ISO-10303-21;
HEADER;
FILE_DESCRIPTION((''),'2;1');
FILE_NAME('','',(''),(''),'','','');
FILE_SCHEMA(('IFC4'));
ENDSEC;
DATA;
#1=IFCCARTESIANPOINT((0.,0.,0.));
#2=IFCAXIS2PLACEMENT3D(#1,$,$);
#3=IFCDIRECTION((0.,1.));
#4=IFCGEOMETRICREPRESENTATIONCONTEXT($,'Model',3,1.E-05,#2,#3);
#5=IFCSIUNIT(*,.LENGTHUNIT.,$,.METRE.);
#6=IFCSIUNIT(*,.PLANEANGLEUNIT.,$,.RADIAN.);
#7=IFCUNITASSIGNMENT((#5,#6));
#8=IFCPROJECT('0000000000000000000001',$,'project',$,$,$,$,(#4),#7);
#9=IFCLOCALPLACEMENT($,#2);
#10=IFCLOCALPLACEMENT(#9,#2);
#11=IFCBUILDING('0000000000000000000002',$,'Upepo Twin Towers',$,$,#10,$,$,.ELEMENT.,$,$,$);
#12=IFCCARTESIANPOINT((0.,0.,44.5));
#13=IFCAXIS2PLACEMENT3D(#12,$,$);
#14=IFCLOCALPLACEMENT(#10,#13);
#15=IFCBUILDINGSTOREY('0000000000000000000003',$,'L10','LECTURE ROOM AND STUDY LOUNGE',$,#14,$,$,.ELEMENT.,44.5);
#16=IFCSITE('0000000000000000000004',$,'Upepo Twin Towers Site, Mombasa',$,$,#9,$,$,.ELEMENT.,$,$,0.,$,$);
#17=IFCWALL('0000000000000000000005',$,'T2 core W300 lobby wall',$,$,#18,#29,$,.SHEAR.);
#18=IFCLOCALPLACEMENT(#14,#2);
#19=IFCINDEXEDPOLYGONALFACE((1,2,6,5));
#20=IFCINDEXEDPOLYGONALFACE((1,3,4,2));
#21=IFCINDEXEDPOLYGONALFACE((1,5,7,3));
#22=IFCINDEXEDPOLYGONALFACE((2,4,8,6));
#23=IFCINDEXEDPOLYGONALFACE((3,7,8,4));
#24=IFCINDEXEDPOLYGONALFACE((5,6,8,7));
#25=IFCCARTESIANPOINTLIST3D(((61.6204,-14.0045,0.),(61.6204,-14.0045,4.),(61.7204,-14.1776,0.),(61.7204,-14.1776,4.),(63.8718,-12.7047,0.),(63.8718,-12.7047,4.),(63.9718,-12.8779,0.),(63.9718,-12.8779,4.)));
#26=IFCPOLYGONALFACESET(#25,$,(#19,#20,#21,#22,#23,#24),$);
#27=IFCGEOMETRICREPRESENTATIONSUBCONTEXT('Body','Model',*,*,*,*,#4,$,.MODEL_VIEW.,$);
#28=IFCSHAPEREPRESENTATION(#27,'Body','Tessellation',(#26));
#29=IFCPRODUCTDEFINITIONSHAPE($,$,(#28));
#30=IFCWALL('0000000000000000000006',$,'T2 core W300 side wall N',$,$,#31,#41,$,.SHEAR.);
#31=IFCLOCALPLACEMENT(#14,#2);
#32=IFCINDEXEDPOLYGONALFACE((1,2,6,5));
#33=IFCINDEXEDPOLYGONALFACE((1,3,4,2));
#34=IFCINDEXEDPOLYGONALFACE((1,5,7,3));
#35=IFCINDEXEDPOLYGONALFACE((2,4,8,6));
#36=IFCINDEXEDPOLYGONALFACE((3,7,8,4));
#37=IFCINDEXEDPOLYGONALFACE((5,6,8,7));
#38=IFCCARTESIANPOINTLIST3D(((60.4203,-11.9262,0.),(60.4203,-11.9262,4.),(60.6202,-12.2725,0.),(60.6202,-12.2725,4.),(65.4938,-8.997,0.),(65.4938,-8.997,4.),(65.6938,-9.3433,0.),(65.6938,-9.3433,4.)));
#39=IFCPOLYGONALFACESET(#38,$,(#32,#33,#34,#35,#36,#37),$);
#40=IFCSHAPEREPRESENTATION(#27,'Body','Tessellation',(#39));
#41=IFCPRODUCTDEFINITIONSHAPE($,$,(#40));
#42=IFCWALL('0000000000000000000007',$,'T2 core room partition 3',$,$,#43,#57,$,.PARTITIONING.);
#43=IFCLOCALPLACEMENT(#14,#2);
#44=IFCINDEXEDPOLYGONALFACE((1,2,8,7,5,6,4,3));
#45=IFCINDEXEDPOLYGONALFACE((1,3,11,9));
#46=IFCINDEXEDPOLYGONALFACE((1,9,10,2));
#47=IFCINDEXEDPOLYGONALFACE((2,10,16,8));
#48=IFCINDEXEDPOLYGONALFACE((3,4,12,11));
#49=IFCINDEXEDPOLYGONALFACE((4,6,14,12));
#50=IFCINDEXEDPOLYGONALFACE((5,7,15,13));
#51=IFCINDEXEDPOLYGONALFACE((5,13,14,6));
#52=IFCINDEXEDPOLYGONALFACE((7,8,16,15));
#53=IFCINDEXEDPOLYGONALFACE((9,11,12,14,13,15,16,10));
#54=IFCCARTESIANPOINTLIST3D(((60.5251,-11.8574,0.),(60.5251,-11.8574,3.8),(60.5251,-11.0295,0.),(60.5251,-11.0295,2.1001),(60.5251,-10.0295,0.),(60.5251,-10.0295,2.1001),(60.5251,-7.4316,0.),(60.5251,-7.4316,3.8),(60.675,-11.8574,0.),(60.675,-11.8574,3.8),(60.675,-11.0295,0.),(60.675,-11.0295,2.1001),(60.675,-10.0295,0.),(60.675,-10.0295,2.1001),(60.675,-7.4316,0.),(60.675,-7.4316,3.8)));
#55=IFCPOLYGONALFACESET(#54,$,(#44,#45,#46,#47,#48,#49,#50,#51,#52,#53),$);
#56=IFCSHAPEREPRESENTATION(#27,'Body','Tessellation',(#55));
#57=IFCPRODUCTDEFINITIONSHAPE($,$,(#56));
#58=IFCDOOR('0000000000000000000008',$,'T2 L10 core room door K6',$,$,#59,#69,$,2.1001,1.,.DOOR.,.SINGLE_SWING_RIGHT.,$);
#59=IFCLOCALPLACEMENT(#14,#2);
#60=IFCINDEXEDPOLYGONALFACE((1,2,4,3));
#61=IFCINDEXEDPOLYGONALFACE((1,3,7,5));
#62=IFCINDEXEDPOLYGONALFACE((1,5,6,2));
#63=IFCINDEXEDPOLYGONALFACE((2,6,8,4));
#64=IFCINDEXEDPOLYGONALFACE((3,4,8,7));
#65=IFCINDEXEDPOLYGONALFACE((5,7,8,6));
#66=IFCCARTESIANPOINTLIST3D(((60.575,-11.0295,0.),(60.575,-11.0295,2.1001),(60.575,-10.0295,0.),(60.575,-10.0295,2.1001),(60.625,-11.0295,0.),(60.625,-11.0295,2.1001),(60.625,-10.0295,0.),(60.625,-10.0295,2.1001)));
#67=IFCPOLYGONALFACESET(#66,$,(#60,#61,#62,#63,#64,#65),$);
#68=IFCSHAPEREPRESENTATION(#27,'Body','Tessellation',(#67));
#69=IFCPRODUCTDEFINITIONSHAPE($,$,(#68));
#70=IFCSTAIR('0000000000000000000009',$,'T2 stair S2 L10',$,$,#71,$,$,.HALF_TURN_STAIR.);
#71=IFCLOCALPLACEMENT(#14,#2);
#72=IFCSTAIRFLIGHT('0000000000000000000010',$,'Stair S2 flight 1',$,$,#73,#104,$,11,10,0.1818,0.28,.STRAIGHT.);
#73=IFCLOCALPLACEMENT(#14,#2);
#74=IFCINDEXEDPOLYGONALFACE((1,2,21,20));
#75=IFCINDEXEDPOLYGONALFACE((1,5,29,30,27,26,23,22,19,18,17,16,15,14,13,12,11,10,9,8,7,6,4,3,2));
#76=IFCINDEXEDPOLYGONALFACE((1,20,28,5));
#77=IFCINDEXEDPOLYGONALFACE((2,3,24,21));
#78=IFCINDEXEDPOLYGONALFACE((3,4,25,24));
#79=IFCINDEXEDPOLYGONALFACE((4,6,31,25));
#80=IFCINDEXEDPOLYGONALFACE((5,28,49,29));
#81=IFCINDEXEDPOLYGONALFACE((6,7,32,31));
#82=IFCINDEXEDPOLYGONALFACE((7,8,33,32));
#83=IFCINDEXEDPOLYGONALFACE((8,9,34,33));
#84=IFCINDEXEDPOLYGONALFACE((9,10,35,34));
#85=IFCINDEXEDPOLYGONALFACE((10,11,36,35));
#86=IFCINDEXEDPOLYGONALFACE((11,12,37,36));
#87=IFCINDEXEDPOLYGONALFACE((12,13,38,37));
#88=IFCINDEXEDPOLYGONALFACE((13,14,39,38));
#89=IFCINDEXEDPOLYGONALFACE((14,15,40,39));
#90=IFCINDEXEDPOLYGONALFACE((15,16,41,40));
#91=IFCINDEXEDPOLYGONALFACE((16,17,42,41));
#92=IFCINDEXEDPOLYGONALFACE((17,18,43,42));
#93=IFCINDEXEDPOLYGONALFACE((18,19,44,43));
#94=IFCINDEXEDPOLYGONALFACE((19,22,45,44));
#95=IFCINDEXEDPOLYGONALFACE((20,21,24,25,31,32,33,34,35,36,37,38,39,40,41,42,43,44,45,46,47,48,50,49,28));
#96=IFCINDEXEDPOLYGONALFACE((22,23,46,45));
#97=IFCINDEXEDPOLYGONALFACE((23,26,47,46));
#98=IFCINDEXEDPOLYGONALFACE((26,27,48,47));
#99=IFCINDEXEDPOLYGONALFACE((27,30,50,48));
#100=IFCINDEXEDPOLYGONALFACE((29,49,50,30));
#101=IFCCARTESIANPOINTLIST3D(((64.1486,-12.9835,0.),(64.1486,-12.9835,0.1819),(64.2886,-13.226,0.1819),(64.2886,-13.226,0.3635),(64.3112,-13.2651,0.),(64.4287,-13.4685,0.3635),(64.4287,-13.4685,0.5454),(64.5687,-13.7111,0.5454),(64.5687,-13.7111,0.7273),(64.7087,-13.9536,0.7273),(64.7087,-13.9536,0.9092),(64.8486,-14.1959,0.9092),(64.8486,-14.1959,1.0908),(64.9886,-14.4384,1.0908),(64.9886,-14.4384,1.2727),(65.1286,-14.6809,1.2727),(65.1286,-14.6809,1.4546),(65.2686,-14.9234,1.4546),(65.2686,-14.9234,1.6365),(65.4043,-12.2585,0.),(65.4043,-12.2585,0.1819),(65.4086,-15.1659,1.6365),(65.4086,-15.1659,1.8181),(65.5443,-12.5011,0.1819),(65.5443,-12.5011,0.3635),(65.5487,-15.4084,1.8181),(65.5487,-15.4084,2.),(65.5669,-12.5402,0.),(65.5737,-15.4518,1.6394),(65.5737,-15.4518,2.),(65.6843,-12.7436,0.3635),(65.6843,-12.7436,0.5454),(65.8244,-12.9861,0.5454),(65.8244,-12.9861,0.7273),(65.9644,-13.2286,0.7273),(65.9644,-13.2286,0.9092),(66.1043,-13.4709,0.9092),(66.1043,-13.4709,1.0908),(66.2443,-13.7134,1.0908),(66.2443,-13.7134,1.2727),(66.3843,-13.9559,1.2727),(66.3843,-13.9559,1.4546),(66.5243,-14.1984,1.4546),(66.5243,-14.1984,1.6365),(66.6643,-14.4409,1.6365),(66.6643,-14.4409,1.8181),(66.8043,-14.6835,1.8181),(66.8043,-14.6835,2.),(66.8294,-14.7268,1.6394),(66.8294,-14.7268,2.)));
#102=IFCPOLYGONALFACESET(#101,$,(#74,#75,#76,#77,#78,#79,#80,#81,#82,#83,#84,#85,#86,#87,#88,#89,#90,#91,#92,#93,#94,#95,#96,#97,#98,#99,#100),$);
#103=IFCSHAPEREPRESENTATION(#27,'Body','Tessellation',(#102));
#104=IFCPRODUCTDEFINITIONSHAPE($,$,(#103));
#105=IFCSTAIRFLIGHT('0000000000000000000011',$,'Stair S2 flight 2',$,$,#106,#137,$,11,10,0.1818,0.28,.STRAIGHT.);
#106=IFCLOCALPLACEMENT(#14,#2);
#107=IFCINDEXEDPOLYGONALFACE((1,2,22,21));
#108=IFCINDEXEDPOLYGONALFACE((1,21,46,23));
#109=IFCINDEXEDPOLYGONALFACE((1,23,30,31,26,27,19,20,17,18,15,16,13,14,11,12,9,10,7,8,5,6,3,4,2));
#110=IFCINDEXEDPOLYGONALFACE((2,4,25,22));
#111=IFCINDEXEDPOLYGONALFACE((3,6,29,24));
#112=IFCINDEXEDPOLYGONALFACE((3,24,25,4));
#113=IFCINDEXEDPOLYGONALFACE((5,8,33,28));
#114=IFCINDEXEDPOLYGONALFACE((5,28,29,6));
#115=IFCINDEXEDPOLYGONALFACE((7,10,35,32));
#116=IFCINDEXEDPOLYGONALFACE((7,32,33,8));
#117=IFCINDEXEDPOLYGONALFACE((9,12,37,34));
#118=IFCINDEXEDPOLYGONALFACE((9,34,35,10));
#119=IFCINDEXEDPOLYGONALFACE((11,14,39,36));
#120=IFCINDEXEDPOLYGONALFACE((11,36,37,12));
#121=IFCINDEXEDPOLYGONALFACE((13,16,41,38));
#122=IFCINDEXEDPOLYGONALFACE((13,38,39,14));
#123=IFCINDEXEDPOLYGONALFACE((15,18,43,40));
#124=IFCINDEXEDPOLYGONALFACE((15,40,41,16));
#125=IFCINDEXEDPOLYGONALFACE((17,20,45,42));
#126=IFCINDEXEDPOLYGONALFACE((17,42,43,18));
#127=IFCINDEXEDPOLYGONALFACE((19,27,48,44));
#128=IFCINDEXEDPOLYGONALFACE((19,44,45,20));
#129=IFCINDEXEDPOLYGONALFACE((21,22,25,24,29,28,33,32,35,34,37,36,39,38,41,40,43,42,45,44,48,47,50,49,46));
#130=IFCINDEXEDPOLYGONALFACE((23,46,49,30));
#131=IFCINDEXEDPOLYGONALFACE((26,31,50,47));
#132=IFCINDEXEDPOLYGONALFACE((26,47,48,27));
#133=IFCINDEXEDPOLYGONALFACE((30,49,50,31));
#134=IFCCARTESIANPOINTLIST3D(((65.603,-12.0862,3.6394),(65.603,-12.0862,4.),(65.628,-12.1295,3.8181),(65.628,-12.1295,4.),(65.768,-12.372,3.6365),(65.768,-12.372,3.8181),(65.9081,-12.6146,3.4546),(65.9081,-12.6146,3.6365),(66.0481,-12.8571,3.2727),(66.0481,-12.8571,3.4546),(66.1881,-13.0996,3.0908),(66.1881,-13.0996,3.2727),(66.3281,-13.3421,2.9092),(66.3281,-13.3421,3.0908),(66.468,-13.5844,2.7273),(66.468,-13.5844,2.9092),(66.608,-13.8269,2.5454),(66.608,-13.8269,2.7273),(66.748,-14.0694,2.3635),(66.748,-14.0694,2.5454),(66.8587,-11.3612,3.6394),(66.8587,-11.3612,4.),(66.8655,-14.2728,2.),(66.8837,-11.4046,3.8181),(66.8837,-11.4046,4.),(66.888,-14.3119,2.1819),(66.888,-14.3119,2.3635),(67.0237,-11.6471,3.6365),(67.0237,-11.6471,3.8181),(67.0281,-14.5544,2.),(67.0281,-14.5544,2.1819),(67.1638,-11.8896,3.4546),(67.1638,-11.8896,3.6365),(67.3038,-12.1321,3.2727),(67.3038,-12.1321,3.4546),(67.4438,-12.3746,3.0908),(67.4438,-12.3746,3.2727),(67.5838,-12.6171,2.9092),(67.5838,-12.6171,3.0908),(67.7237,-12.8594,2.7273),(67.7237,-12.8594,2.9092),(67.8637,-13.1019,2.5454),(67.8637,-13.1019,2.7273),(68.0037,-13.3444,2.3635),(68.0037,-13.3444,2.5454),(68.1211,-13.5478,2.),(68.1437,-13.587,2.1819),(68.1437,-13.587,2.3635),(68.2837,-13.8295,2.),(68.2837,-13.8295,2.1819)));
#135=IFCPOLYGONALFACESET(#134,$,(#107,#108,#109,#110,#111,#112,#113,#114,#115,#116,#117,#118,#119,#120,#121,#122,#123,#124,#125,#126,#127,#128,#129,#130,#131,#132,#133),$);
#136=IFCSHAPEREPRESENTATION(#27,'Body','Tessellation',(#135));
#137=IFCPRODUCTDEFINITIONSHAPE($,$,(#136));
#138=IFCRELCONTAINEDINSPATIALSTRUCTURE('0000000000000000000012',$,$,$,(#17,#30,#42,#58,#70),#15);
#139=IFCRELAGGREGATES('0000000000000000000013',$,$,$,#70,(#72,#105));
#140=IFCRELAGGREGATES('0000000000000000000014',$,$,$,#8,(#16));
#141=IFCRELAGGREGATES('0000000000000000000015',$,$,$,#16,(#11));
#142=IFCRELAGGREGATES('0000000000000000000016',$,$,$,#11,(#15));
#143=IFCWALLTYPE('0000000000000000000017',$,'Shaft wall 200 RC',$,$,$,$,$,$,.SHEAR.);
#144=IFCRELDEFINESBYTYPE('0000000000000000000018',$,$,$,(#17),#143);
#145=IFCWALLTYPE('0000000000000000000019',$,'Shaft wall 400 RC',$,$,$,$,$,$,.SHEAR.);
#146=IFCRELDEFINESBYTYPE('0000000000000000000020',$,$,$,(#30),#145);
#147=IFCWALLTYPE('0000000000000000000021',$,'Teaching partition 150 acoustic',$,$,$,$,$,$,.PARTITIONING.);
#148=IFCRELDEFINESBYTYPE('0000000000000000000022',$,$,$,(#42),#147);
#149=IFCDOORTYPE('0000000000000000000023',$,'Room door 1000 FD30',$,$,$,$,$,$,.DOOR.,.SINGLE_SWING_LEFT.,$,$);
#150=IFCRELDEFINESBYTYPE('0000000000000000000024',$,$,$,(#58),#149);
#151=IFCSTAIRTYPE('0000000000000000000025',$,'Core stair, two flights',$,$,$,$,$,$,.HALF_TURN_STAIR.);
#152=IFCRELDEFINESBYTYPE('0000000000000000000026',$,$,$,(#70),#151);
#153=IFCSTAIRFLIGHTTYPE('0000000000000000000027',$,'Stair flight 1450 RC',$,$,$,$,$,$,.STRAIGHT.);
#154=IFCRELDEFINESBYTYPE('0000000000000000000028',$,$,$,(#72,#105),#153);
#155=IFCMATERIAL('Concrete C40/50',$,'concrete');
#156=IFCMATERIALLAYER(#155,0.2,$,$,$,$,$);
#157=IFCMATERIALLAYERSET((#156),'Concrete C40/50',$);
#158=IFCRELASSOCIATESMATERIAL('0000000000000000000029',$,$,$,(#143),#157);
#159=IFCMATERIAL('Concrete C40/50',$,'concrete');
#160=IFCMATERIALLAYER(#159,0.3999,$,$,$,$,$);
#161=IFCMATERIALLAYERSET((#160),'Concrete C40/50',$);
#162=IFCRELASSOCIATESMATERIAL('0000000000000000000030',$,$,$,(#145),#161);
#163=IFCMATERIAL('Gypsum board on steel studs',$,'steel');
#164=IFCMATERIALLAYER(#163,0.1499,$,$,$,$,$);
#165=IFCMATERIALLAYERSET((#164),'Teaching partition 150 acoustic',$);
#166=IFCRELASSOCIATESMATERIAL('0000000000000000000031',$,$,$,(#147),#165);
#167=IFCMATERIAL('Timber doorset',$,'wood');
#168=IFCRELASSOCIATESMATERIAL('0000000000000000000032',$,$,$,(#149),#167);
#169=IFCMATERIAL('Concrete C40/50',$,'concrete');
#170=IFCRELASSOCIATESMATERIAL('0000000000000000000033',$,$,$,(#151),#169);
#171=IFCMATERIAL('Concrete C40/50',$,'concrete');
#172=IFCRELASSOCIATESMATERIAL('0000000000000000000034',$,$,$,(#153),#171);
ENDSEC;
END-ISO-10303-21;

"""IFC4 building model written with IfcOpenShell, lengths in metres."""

from ifc_helpers import new_model, si_unit, direction, frame, frame_2d, origin, place, context, subcontext, project, spatial, polyline, rectangle, outline, extrude, material, layer, layer_set, type_object, element, fill, aggregate, save


model = new_model("IFC4")

# Units and contexts
model_context = context("Model", 3, precision=1e-05, world=origin(), true_north=direction((0.0, 1.0)))
body_context = subcontext(model_context, "Body", "Model", "MODEL_VIEW")
ifc_project = project(units=[si_unit("LENGTHUNIT", "METRE"), si_unit("PLANEANGLEUNIT", "RADIAN")], contexts=[model_context])

# Site, building, storey
site_placement = place(None, origin())
site = spatial("IfcSite", under=ifc_project, at=site_placement, Name="Upepo Twin Towers Site, Mombasa", CompositionType="ELEMENT", RefElevation=0.0)
building_placement = place(site_placement, origin())
building = spatial("IfcBuilding", under=site, at=building_placement, Name="Upepo Twin Towers", CompositionType="ELEMENT")
storey_placement = place(building_placement, frame((0.0, 0.0, 44.5)))
storey = spatial("IfcBuildingStorey", under=building, at=storey_placement, Name="L10", Description="LECTURE ROOM AND STUDY LOUNGE", CompositionType="ELEMENT", Elevation=44.5)

# Walls
ifc_material_1 = material(Name="Concrete C40/50", Category="concrete")
ifc_layer_1 = layer(ifc_material_1, 0.2)
ifc_layer_set_1 = layer_set([ifc_layer_1], Name="Concrete C40/50")
wall_type_1 = type_object("IfcWallType", Name="Shaft wall 200 RC", PredefinedType="SHEAR", material=ifc_layer_set_1)
wall_1_placement = place(storey_placement, frame((61.6704, -14.0911, 0.0), z_axis=(0.0, 0.0, 1.0), x_axis=(0.866039, 0.499977, 0.0)))
element("IfcWall", 1, at=wall_1_placement, inside=storey, type_object=wall_type_1, Name="T2 core W300 lobby wall", PredefinedType="SHEAR", context=body_context, shape_type="SweptSolid", body=[
    extrude(rectangle(XDim=2.5996, YDim=0.2, at=frame_2d((1.2998, 0.0))), origin(), (0.0, 0.0, 1.0), 4.0),
])
ifc_material_2 = material(Name="Concrete C40/50", Category="concrete")
ifc_layer_2 = layer(ifc_material_2, 0.3999)
ifc_layer_set_2 = layer_set([ifc_layer_2], Name="Concrete C40/50")
wall_type_2 = type_object("IfcWallType", Name="Shaft wall 400 RC", PredefinedType="SHEAR", material=ifc_layer_set_2)
wall_2_placement = place(storey_placement, frame((60.5203, -12.0994, 0.0), z_axis=(0.0, 0.0, 1.0), x_axis=(0.866024, 0.500003, 0.0)))
element("IfcWall", 2, at=wall_2_placement, inside=storey, type_object=wall_type_2, Name="T2 core W300 side wall N", PredefinedType="SHEAR", context=body_context, shape_type="SweptSolid", body=[
    extrude(rectangle(XDim=5.8584, YDim=0.3999, at=frame_2d((2.9292, 0.0))), origin(), (0.0, 0.0, 1.0), 4.0),
])

# Wall, opening, door
ifc_material_3 = material(Name="Gypsum board on steel studs", Category="steel")
ifc_layer_3 = layer(ifc_material_3, 0.1499)
ifc_layer_set_3 = layer_set([ifc_layer_3], Name="Teaching partition 150 acoustic")
wall_type_3 = type_object("IfcWallType", Name="Teaching partition 150 acoustic", PredefinedType="PARTITIONING", material=ifc_layer_set_3)
wall_3_placement = place(storey_placement, frame((60.6001, -7.4316, 0.0), z_axis=(0.0, 0.0, 1.0), x_axis=(0.0, -1.0, 0.0)))
wall_3 = element("IfcWall", 3, at=wall_3_placement, inside=storey, type_object=wall_type_3, Name="T2 core room partition 3", PredefinedType="PARTITIONING", context=body_context, shape_type="SweptSolid", body=[
    extrude(rectangle(XDim=4.4258, YDim=0.1499, at=frame_2d((2.2129, 0.0))), origin(), (0.0, 0.0, 1.0), 3.8),
])
opening_1_placement = place(wall_3_placement, frame((2.5979, 0.0, 0.0)))
opening_1 = element("IfcOpeningElement", 4, at=opening_1_placement, cuts=wall_3, PredefinedType="OPENING", context=body_context, shape_type="SweptSolid", body=[
    extrude(rectangle(XDim=1.0, YDim=2.1001, at=frame_2d((0.5, 1.05))), frame((0.0, 0.085, 0.0), z_axis=(0.0, -1.0, 0.0), x_axis=(1.0, 0.0, 0.0)), (0.0, 0.0, 1.0), 0.1699),
])
ifc_material_4 = material(Name="Timber doorset", Category="wood")
door_type_1 = type_object("IfcDoorType", Name="Room door 1000 FD30", OperationType="SINGLE_SWING_LEFT", PredefinedType="DOOR", material=ifc_material_4)
door_1_placement = place(opening_1_placement, origin())
door_1 = element("IfcDoor", 5, at=door_1_placement, inside=storey, type_object=door_type_1, Name="T2 L10 core room door K6", OperationType="SINGLE_SWING_RIGHT", OverallHeight=2.1001, OverallWidth=1.0, PredefinedType="DOOR", context=body_context, shape_type="SweptSolid", body=[
    extrude(rectangle(XDim=1.0, YDim=2.1001, at=frame_2d((0.5, 1.05))), frame((0.0, 0.0249, 0.0), z_axis=(0.0, -1.0, 0.0), x_axis=(1.0, 0.0, 0.0)), (0.0, 0.0, 1.0), 0.05),
])
fill(opening_1, door_1)

# Stair, stair flights
ifc_material_5 = material(Name="Concrete C40/50", Category="concrete")
stair_type = type_object("IfcStairType", Name="Core stair, two flights", PredefinedType="HALF_TURN_STAIR", material=ifc_material_5)
stair_placement = place(storey_placement, origin())
stair = element("IfcStair", 6, at=stair_placement, inside=storey, type_object=stair_type, Name="T2 stair S2 L10", PredefinedType="HALF_TURN_STAIR")
ifc_material_6 = material(Name="Concrete C40/50", Category="concrete")
stair_flight_type = type_object("IfcStairFlightType", Name="Stair flight 1450 RC", PredefinedType="STRAIGHT", material=ifc_material_6)
stair_flight_1_placement = place(storey_placement, frame((64.7764, -12.6211, 0.0), z_axis=(0.0, 0.0, 1.0), x_axis=(0.5, -0.866025, 0.0)))
stair_flight_1 = element("IfcStairFlight", 7, at=stair_flight_1_placement, type_object=stair_flight_type, Name="Stair S2 flight 1", NumberOfRisers=11, NumberOfTreads=10, PredefinedType="STRAIGHT", RiserHeight=0.1818, TreadLength=0.28, context=body_context, shape_type="SweptSolid", body=[
    extrude(outline(polyline([(0.0, 0.0), (0.0, 0.1819), (0.28, 0.1819), (0.28, 0.3635), (0.5601, 0.3635), (0.5601, 0.5454), (0.8401, 0.5454), (0.8401, 0.7273), (1.1201, 0.7273), (1.1201, 0.9092), (1.3999, 0.9092), (1.3999, 1.0908), (1.6799, 1.0908), (1.6799, 1.2727), (1.96, 1.2727), (1.96, 1.4546), (2.24, 1.4546), (2.24, 1.6365), (2.52, 1.6365), (2.52, 1.8181), (2.8, 1.8181), (2.8, 2.0), (2.8501, 2.0), (2.8501, 1.6394), (0.3252, 0.0), (0.0, 0.0)])), frame((0.0, 0.7251, 0.0), z_axis=(0.0, -1.0, 0.0), x_axis=(1.0, 0.0, 0.0)), (0.0, 0.0, 1.0), 1.45),
])
stair_flight_2_placement = place(storey_placement, frame((67.656, -14.1919, 2.0), z_axis=(0.0, 0.0, 1.0), x_axis=(-0.5, 0.866025, 0.0)))
stair_flight_2 = element("IfcStairFlight", 8, at=stair_flight_2_placement, type_object=stair_flight_type, Name="Stair S2 flight 2", NumberOfRisers=11, NumberOfTreads=10, PredefinedType="STRAIGHT", RiserHeight=0.1818, TreadLength=0.28, context=body_context, shape_type="SweptSolid", body=[
    extrude(outline(polyline([(0.0, 0.0), (0.0, 0.1819), (0.28, 0.1819), (0.28, 0.3635), (0.5601, 0.3635), (0.5601, 0.5454), (0.8401, 0.5454), (0.8401, 0.7273), (1.1201, 0.7273), (1.1201, 0.9092), (1.3999, 0.9092), (1.3999, 1.0908), (1.6799, 1.0908), (1.6799, 1.2727), (1.96, 1.2727), (1.96, 1.4546), (2.24, 1.4546), (2.24, 1.6365), (2.52, 1.6365), (2.52, 1.8181), (2.8, 1.8181), (2.8, 2.0), (2.8501, 2.0), (2.8501, 1.6394), (0.3252, 0.0), (0.0, 0.0)])), frame((0.0, 0.7251, 0.0), z_axis=(0.0, -1.0, 0.0), x_axis=(1.0, 0.0, 0.0)), (0.0, 0.0, 1.0), 1.45),
])
aggregate(stair, [stair_flight_1, stair_flight_2])

save(model, "model.ifc")
